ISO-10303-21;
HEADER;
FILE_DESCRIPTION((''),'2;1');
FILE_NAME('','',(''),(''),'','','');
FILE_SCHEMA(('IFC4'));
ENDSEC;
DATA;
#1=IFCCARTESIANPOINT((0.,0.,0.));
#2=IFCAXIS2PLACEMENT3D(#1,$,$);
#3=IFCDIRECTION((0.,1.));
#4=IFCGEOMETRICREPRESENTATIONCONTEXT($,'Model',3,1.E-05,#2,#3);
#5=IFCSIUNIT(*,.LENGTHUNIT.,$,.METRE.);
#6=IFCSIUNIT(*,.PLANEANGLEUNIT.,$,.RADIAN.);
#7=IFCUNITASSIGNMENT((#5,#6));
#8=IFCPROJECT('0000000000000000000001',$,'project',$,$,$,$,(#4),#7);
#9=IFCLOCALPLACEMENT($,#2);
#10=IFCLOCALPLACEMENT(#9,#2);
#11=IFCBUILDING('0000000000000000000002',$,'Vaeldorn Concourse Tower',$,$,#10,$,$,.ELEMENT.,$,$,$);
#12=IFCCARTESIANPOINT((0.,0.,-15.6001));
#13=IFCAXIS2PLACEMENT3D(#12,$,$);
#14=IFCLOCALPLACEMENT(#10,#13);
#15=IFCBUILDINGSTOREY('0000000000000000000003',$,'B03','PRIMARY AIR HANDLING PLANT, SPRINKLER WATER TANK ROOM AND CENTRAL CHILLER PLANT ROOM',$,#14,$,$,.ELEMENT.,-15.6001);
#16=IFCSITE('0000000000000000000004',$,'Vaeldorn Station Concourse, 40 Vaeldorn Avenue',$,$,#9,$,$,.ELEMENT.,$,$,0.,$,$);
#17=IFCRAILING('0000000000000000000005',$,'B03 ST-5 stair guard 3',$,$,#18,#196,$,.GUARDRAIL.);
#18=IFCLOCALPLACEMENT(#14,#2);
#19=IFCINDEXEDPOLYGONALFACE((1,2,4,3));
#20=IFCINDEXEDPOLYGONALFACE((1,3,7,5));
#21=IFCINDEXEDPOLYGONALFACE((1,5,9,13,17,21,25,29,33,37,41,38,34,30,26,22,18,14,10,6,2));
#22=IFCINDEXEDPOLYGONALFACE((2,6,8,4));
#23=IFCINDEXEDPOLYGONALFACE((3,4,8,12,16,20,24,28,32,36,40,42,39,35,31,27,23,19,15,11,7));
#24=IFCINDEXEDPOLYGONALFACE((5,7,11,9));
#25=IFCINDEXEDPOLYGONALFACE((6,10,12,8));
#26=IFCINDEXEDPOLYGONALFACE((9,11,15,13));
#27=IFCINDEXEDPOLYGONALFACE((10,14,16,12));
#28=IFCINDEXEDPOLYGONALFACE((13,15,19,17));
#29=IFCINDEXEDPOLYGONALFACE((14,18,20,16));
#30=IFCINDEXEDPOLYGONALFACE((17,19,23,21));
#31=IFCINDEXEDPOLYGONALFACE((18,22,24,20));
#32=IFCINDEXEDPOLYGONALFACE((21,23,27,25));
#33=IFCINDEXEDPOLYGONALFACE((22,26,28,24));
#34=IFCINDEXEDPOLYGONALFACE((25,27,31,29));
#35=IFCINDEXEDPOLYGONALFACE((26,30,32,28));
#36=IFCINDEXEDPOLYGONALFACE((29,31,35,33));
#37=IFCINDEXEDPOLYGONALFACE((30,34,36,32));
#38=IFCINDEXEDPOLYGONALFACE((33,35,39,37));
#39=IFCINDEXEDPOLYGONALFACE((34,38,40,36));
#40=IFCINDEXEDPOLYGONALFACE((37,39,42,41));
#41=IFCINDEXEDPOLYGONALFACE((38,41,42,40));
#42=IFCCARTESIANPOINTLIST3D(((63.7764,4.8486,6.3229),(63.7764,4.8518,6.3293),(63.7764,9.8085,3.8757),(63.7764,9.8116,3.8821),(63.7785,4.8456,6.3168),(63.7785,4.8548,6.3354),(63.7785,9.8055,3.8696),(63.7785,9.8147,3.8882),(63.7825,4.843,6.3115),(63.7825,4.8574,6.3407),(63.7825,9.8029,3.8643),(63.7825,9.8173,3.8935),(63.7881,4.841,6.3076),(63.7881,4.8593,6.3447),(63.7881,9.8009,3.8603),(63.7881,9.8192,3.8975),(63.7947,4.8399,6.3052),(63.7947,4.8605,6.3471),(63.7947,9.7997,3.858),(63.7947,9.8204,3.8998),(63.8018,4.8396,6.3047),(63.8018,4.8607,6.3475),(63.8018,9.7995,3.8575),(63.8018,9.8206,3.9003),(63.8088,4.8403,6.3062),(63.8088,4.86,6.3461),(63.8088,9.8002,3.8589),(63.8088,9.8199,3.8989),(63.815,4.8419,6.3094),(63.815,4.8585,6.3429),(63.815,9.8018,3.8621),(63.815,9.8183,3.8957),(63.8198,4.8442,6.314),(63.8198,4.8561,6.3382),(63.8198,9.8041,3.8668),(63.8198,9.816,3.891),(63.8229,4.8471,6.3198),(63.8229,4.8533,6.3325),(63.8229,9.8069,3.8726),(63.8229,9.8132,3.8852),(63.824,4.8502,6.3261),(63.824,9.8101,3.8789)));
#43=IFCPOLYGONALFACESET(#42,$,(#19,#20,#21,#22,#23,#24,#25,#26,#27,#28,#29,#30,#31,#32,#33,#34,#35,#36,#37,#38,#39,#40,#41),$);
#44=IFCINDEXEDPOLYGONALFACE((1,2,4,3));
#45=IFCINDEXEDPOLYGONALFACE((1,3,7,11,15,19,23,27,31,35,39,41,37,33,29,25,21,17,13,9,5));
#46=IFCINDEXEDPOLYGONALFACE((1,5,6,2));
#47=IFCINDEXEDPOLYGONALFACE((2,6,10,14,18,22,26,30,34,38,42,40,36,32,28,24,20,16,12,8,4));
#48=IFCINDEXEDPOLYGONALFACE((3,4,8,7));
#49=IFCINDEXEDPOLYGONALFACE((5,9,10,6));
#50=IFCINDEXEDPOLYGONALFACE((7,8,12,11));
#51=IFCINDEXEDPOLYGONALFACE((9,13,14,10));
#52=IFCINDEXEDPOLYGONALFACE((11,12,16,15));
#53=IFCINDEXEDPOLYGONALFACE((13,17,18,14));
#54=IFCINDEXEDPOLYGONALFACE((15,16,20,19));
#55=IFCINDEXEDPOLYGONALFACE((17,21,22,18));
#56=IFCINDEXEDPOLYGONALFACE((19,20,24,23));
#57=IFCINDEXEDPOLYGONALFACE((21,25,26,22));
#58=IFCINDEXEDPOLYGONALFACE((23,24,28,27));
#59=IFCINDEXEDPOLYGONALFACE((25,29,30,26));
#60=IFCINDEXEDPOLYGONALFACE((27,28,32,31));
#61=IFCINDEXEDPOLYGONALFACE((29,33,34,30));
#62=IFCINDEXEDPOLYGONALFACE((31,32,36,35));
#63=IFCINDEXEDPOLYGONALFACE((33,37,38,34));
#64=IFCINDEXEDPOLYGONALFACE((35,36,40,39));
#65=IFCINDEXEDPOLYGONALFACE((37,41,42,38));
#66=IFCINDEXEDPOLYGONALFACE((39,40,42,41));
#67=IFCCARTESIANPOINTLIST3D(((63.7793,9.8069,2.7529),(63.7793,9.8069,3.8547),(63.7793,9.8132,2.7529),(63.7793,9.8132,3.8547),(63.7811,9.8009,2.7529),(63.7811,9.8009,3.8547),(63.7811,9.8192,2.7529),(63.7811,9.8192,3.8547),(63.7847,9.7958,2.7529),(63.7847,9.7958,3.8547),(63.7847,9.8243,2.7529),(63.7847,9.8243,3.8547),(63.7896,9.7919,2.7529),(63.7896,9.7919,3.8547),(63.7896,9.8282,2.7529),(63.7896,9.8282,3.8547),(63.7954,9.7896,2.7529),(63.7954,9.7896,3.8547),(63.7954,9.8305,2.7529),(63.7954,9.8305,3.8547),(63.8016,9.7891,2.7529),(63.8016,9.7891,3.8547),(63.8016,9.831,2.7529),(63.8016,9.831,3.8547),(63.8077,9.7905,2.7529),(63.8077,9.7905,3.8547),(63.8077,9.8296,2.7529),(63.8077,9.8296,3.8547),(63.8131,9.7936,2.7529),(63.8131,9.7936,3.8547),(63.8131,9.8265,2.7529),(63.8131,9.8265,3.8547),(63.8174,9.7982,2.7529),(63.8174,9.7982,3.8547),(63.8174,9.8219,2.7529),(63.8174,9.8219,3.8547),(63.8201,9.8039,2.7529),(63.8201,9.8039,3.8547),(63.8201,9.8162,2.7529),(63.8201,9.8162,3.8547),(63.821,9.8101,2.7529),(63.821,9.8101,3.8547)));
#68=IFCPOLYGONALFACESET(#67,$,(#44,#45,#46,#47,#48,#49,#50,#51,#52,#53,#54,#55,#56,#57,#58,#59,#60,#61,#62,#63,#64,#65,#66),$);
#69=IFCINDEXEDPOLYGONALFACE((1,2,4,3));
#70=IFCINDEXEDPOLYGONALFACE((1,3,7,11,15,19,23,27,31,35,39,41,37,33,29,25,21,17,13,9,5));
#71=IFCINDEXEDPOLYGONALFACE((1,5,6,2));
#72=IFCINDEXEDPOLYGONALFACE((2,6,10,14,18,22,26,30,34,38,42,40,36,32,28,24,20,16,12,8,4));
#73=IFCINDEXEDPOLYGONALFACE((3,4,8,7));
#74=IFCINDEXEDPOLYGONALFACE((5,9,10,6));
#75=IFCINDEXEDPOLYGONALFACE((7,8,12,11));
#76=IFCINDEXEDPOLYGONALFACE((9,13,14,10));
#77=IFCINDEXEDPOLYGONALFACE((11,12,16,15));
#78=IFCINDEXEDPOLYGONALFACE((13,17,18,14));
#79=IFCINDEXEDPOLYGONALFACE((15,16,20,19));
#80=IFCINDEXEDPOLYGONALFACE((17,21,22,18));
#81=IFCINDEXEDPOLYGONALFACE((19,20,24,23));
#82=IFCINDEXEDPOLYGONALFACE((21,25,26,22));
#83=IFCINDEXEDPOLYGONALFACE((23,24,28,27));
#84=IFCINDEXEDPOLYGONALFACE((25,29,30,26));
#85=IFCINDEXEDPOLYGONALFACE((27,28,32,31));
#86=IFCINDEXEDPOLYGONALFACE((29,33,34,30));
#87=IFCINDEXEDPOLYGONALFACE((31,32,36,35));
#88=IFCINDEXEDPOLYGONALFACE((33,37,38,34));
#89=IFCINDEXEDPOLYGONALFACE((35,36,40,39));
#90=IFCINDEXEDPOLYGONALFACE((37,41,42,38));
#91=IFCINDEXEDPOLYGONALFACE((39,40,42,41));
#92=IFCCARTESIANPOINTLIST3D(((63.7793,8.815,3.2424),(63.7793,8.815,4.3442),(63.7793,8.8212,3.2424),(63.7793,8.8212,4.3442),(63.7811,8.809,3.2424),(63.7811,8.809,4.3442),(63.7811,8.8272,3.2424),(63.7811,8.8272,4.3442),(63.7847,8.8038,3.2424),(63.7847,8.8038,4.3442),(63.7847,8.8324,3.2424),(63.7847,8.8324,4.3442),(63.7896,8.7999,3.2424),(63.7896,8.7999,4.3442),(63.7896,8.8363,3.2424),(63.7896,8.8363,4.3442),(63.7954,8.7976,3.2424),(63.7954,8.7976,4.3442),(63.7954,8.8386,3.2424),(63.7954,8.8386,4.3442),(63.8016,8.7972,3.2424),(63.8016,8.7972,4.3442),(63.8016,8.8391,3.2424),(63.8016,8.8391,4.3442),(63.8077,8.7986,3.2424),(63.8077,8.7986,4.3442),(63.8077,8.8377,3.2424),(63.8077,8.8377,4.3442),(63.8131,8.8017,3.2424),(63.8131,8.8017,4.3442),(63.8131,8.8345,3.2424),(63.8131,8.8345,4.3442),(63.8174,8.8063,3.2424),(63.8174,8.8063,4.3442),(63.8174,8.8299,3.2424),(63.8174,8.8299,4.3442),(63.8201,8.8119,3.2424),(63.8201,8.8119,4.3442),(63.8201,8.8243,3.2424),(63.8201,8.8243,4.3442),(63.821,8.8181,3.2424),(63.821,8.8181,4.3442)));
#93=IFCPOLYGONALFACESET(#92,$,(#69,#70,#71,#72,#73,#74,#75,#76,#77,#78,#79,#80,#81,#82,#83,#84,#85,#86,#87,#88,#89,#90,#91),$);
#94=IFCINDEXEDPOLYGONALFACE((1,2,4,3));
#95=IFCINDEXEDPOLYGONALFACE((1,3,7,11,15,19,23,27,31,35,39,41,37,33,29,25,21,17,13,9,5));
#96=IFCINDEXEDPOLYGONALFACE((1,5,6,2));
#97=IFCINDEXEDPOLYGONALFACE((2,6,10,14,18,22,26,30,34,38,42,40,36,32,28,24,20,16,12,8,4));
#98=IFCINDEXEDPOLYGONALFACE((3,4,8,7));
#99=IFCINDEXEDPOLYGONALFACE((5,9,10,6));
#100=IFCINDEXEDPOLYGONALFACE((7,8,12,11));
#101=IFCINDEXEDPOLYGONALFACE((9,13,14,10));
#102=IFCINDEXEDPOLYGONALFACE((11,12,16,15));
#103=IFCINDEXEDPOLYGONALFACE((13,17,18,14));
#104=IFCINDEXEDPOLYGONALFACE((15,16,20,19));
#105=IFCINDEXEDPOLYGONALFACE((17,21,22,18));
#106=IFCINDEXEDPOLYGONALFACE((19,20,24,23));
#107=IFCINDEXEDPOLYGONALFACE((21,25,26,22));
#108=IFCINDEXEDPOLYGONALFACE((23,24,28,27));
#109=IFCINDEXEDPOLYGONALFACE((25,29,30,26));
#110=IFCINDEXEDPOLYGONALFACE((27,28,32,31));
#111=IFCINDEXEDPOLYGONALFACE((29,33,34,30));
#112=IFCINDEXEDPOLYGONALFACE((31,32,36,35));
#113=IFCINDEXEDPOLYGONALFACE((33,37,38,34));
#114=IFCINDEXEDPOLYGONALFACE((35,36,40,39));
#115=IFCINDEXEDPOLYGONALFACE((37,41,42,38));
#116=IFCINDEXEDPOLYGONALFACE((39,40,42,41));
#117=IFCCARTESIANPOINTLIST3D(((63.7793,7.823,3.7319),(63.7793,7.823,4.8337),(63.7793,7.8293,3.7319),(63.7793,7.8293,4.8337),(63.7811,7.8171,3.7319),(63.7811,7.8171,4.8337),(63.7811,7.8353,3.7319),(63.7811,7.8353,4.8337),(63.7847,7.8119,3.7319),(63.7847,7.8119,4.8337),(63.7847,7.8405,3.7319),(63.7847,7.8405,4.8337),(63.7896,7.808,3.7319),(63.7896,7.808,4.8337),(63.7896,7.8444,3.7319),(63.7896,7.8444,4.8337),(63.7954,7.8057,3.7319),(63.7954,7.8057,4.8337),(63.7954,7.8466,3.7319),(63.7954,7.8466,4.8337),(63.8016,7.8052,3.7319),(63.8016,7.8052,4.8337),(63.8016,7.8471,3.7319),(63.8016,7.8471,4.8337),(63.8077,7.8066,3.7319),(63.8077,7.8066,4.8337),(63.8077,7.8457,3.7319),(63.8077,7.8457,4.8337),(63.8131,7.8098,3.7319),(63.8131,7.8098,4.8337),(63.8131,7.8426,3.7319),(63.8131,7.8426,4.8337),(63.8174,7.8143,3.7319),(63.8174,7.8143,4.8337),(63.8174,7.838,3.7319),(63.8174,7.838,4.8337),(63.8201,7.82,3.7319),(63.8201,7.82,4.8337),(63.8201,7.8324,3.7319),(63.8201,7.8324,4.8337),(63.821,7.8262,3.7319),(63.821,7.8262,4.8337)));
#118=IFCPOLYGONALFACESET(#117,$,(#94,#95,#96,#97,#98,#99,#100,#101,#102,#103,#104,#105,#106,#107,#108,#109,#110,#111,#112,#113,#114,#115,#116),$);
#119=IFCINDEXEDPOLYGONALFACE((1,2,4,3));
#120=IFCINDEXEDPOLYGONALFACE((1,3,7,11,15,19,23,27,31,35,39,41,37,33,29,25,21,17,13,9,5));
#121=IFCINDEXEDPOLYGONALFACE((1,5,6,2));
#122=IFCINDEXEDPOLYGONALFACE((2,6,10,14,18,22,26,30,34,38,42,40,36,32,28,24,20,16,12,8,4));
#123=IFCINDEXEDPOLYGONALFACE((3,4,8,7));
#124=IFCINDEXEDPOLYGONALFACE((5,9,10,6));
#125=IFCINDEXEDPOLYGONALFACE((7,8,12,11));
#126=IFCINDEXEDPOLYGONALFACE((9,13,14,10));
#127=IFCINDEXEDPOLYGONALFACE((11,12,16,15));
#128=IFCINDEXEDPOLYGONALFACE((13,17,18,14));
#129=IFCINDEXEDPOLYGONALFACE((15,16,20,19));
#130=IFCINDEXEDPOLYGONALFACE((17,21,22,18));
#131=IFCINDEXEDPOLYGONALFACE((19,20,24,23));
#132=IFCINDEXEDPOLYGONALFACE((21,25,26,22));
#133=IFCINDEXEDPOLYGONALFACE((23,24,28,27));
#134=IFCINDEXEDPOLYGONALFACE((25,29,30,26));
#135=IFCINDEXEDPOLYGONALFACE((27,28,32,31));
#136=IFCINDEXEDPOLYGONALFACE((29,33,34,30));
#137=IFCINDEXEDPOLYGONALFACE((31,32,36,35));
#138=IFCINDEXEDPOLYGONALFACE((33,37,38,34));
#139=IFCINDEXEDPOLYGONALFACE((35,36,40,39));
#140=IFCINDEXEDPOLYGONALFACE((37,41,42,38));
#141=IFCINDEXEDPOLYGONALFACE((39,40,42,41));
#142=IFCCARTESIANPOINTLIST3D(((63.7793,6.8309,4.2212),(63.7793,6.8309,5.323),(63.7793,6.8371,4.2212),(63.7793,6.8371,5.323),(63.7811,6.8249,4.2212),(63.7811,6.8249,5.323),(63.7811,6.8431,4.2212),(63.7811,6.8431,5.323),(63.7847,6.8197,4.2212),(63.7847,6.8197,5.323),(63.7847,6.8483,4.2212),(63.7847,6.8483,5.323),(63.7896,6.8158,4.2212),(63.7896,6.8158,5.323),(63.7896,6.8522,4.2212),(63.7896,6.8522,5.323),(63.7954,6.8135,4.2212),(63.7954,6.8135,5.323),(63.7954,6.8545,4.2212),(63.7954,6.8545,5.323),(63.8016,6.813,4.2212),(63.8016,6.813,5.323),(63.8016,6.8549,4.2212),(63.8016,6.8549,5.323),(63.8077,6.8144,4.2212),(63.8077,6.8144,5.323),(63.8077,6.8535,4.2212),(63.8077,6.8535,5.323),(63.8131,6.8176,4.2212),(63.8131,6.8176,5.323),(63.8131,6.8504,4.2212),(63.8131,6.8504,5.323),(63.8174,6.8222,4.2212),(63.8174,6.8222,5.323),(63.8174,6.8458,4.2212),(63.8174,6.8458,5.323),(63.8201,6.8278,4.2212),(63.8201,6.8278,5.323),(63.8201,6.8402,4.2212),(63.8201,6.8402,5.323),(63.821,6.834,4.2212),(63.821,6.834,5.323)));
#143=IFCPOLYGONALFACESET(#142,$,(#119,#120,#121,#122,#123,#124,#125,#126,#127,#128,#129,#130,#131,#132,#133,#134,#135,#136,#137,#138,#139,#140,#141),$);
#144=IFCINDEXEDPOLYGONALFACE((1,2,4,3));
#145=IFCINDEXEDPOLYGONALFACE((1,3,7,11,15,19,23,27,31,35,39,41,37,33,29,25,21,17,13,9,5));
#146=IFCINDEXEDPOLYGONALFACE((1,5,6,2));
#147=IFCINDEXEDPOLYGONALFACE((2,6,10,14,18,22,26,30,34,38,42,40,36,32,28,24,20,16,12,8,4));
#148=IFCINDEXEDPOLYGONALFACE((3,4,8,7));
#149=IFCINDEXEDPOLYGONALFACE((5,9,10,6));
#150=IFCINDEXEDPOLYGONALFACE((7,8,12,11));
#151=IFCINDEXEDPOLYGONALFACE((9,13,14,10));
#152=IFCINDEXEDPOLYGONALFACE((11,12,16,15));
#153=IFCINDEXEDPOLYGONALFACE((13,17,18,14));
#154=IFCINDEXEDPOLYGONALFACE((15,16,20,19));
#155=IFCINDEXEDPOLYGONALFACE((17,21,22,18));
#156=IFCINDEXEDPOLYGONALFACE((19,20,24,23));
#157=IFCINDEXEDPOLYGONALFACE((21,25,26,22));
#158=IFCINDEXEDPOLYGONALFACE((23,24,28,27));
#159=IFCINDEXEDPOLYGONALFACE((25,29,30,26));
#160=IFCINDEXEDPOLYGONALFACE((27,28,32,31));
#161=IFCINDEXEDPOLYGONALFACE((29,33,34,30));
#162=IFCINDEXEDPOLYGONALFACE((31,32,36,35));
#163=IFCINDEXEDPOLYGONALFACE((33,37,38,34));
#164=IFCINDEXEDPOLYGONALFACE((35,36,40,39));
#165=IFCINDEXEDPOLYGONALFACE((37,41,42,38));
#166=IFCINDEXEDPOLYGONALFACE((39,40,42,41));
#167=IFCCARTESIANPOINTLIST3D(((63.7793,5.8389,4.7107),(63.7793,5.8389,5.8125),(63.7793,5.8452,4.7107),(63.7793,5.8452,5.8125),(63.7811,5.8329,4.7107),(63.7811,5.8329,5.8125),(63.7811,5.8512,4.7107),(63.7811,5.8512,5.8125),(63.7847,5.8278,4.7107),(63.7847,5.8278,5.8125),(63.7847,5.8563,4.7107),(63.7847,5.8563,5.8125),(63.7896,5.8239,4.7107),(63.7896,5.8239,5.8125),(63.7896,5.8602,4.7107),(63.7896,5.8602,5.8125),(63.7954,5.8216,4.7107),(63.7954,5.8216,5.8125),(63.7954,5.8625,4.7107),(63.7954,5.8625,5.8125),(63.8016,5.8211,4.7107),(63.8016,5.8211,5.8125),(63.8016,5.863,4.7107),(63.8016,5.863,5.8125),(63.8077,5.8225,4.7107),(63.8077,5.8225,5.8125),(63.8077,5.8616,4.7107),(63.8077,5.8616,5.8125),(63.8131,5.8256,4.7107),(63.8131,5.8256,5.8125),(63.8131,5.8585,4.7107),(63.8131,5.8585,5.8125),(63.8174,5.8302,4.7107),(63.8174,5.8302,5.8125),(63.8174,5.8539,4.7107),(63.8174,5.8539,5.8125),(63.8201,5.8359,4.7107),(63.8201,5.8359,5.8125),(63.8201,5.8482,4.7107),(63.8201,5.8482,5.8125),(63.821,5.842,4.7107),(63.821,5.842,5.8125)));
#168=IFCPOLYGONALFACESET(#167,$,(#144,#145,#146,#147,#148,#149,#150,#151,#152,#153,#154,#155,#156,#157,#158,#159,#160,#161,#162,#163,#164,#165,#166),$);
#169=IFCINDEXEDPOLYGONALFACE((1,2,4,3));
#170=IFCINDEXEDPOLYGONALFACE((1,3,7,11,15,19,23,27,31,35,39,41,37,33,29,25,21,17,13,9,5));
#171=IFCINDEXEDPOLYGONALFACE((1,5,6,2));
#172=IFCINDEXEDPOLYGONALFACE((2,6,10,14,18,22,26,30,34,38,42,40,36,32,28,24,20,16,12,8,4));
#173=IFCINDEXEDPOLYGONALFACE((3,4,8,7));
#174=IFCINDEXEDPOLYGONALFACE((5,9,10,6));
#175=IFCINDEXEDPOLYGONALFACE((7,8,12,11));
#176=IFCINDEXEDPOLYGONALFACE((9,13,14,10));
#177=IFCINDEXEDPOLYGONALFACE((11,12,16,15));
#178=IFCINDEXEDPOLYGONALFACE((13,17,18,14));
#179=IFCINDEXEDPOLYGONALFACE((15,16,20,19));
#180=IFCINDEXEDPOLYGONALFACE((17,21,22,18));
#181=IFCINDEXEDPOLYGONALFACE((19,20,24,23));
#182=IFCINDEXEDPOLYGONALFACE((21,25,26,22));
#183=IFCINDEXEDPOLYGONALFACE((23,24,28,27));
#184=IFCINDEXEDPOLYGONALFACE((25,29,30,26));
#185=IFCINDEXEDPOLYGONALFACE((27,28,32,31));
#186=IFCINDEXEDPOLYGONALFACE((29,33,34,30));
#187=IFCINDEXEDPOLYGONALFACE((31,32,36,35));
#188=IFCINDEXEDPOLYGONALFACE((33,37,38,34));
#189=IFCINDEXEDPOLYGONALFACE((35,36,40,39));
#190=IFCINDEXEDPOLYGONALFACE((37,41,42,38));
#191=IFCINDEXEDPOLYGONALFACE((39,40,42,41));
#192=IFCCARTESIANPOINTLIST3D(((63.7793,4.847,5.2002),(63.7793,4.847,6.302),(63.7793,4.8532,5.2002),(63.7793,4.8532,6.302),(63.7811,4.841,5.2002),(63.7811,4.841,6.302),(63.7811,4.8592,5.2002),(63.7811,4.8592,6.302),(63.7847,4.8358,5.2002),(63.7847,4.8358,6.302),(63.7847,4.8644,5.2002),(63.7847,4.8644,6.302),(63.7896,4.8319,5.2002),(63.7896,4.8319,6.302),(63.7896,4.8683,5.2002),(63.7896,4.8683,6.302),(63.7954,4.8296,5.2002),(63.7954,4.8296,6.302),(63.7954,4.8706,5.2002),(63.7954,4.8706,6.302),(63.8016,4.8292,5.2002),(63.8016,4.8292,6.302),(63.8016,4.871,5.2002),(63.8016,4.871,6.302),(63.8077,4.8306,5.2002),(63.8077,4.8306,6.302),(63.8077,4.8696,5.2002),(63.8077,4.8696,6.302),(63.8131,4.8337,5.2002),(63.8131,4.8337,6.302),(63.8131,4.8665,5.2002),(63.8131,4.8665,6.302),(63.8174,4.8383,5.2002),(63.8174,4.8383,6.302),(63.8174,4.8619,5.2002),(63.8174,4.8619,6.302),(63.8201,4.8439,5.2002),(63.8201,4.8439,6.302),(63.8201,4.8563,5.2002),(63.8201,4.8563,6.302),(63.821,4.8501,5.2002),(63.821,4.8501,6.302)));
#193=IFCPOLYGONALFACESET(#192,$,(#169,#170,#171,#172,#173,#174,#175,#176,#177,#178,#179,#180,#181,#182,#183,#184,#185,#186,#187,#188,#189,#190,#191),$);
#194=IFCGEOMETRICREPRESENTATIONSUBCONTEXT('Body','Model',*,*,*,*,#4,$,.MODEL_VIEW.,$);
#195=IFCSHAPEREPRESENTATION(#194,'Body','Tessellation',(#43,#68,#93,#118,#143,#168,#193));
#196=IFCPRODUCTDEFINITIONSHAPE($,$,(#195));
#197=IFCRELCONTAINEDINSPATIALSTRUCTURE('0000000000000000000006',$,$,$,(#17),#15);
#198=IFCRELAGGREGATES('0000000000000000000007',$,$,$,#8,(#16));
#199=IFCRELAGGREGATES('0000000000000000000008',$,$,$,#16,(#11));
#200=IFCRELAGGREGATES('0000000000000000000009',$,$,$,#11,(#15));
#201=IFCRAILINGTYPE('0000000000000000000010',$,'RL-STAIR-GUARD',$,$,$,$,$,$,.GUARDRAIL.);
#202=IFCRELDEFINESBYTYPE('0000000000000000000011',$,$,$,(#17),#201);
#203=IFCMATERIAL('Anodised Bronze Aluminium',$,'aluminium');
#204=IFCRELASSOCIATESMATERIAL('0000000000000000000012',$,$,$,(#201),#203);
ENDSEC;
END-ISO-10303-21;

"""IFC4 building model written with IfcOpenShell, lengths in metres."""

from ifc_helpers import new_model, si_unit, direction, frame, origin, origin_2d, place, context, subcontext, project, spatial, circle, extrude, material, type_object, element, save


model = new_model("IFC4")

# Units and contexts
model_context = context("Model", 3, precision=1e-05, world=origin(), true_north=direction((0.0, 1.0)))
body_context = subcontext(model_context, "Body", "Model", "MODEL_VIEW")
ifc_project = project(units=[si_unit("LENGTHUNIT", "METRE"), si_unit("PLANEANGLEUNIT", "RADIAN")], contexts=[model_context])

# Site, building, storey
site_placement = place(None, origin())
site = spatial("IfcSite", under=ifc_project, at=site_placement, Name="Vaeldorn Station Concourse, 40 Vaeldorn Avenue", CompositionType="ELEMENT", RefElevation=0.0)
building_placement = place(site_placement, origin())
building = spatial("IfcBuilding", under=site, at=building_placement, Name="Vaeldorn Concourse Tower", CompositionType="ELEMENT")
storey_placement = place(building_placement, frame((0.0, 0.0, -15.6001)))
storey = spatial("IfcBuildingStorey", under=building, at=storey_placement, Name="B03", Description="PRIMARY AIR HANDLING PLANT, SPRINKLER WATER TANK ROOM AND CENTRAL CHILLER PLANT ROOM", CompositionType="ELEMENT", Elevation=-15.6001)

# Railing
ifc_material_1 = material(Name="Anodised Bronze Aluminium", Category="aluminium")
railing_type_1 = type_object("IfcRailingType", Name="RL-STAIR-GUARD", PredefinedType="GUARDRAIL", material=ifc_material_1)
railing_1_placement = place(storey_placement, frame((63.8, 9.8101, 2.7529)))
element("IfcRailing", 1, at=railing_1_placement, inside=storey, type_object=railing_type_1, Name="B03 ST-5 stair guard 3", PredefinedType="GUARDRAIL", context=body_context, shape_type="SweptSolid", body=[
    extrude(circle(Radius=0.0239, at=origin_2d()), frame((0.0, 0.0, 1.126), z_axis=(0.0, -0.896781, 0.442475), x_axis=(1.0, 0.0, 0.0)), (0.0, 0.0, 1.0), 5.5308),
    extrude(circle(Radius=0.021, at=origin_2d()), origin(), (0.0, 0.0, 1.0), 1.1018),
    extrude(circle(Radius=0.021, at=origin_2d()), frame((0.0, -0.9919, 0.4895)), (0.0, 0.0, 1.0), 1.1018),
    extrude(circle(Radius=0.021, at=origin_2d()), frame((0.0, -1.9839, 0.979)), (0.0, 0.0, 1.0), 1.1018),
    extrude(circle(Radius=0.021, at=origin_2d()), frame((0.0, -2.9761, 1.4683)), (0.0, 0.0, 1.0), 1.1018),
    extrude(circle(Radius=0.021, at=origin_2d()), frame((0.0, -3.968, 1.9578)), (0.0, 0.0, 1.0), 1.1018),
    extrude(circle(Radius=0.021, at=origin_2d()), frame((0.0, -4.96, 2.4473)), (0.0, 0.0, 1.0), 1.1018),
])

save(model, "model.ifc")
